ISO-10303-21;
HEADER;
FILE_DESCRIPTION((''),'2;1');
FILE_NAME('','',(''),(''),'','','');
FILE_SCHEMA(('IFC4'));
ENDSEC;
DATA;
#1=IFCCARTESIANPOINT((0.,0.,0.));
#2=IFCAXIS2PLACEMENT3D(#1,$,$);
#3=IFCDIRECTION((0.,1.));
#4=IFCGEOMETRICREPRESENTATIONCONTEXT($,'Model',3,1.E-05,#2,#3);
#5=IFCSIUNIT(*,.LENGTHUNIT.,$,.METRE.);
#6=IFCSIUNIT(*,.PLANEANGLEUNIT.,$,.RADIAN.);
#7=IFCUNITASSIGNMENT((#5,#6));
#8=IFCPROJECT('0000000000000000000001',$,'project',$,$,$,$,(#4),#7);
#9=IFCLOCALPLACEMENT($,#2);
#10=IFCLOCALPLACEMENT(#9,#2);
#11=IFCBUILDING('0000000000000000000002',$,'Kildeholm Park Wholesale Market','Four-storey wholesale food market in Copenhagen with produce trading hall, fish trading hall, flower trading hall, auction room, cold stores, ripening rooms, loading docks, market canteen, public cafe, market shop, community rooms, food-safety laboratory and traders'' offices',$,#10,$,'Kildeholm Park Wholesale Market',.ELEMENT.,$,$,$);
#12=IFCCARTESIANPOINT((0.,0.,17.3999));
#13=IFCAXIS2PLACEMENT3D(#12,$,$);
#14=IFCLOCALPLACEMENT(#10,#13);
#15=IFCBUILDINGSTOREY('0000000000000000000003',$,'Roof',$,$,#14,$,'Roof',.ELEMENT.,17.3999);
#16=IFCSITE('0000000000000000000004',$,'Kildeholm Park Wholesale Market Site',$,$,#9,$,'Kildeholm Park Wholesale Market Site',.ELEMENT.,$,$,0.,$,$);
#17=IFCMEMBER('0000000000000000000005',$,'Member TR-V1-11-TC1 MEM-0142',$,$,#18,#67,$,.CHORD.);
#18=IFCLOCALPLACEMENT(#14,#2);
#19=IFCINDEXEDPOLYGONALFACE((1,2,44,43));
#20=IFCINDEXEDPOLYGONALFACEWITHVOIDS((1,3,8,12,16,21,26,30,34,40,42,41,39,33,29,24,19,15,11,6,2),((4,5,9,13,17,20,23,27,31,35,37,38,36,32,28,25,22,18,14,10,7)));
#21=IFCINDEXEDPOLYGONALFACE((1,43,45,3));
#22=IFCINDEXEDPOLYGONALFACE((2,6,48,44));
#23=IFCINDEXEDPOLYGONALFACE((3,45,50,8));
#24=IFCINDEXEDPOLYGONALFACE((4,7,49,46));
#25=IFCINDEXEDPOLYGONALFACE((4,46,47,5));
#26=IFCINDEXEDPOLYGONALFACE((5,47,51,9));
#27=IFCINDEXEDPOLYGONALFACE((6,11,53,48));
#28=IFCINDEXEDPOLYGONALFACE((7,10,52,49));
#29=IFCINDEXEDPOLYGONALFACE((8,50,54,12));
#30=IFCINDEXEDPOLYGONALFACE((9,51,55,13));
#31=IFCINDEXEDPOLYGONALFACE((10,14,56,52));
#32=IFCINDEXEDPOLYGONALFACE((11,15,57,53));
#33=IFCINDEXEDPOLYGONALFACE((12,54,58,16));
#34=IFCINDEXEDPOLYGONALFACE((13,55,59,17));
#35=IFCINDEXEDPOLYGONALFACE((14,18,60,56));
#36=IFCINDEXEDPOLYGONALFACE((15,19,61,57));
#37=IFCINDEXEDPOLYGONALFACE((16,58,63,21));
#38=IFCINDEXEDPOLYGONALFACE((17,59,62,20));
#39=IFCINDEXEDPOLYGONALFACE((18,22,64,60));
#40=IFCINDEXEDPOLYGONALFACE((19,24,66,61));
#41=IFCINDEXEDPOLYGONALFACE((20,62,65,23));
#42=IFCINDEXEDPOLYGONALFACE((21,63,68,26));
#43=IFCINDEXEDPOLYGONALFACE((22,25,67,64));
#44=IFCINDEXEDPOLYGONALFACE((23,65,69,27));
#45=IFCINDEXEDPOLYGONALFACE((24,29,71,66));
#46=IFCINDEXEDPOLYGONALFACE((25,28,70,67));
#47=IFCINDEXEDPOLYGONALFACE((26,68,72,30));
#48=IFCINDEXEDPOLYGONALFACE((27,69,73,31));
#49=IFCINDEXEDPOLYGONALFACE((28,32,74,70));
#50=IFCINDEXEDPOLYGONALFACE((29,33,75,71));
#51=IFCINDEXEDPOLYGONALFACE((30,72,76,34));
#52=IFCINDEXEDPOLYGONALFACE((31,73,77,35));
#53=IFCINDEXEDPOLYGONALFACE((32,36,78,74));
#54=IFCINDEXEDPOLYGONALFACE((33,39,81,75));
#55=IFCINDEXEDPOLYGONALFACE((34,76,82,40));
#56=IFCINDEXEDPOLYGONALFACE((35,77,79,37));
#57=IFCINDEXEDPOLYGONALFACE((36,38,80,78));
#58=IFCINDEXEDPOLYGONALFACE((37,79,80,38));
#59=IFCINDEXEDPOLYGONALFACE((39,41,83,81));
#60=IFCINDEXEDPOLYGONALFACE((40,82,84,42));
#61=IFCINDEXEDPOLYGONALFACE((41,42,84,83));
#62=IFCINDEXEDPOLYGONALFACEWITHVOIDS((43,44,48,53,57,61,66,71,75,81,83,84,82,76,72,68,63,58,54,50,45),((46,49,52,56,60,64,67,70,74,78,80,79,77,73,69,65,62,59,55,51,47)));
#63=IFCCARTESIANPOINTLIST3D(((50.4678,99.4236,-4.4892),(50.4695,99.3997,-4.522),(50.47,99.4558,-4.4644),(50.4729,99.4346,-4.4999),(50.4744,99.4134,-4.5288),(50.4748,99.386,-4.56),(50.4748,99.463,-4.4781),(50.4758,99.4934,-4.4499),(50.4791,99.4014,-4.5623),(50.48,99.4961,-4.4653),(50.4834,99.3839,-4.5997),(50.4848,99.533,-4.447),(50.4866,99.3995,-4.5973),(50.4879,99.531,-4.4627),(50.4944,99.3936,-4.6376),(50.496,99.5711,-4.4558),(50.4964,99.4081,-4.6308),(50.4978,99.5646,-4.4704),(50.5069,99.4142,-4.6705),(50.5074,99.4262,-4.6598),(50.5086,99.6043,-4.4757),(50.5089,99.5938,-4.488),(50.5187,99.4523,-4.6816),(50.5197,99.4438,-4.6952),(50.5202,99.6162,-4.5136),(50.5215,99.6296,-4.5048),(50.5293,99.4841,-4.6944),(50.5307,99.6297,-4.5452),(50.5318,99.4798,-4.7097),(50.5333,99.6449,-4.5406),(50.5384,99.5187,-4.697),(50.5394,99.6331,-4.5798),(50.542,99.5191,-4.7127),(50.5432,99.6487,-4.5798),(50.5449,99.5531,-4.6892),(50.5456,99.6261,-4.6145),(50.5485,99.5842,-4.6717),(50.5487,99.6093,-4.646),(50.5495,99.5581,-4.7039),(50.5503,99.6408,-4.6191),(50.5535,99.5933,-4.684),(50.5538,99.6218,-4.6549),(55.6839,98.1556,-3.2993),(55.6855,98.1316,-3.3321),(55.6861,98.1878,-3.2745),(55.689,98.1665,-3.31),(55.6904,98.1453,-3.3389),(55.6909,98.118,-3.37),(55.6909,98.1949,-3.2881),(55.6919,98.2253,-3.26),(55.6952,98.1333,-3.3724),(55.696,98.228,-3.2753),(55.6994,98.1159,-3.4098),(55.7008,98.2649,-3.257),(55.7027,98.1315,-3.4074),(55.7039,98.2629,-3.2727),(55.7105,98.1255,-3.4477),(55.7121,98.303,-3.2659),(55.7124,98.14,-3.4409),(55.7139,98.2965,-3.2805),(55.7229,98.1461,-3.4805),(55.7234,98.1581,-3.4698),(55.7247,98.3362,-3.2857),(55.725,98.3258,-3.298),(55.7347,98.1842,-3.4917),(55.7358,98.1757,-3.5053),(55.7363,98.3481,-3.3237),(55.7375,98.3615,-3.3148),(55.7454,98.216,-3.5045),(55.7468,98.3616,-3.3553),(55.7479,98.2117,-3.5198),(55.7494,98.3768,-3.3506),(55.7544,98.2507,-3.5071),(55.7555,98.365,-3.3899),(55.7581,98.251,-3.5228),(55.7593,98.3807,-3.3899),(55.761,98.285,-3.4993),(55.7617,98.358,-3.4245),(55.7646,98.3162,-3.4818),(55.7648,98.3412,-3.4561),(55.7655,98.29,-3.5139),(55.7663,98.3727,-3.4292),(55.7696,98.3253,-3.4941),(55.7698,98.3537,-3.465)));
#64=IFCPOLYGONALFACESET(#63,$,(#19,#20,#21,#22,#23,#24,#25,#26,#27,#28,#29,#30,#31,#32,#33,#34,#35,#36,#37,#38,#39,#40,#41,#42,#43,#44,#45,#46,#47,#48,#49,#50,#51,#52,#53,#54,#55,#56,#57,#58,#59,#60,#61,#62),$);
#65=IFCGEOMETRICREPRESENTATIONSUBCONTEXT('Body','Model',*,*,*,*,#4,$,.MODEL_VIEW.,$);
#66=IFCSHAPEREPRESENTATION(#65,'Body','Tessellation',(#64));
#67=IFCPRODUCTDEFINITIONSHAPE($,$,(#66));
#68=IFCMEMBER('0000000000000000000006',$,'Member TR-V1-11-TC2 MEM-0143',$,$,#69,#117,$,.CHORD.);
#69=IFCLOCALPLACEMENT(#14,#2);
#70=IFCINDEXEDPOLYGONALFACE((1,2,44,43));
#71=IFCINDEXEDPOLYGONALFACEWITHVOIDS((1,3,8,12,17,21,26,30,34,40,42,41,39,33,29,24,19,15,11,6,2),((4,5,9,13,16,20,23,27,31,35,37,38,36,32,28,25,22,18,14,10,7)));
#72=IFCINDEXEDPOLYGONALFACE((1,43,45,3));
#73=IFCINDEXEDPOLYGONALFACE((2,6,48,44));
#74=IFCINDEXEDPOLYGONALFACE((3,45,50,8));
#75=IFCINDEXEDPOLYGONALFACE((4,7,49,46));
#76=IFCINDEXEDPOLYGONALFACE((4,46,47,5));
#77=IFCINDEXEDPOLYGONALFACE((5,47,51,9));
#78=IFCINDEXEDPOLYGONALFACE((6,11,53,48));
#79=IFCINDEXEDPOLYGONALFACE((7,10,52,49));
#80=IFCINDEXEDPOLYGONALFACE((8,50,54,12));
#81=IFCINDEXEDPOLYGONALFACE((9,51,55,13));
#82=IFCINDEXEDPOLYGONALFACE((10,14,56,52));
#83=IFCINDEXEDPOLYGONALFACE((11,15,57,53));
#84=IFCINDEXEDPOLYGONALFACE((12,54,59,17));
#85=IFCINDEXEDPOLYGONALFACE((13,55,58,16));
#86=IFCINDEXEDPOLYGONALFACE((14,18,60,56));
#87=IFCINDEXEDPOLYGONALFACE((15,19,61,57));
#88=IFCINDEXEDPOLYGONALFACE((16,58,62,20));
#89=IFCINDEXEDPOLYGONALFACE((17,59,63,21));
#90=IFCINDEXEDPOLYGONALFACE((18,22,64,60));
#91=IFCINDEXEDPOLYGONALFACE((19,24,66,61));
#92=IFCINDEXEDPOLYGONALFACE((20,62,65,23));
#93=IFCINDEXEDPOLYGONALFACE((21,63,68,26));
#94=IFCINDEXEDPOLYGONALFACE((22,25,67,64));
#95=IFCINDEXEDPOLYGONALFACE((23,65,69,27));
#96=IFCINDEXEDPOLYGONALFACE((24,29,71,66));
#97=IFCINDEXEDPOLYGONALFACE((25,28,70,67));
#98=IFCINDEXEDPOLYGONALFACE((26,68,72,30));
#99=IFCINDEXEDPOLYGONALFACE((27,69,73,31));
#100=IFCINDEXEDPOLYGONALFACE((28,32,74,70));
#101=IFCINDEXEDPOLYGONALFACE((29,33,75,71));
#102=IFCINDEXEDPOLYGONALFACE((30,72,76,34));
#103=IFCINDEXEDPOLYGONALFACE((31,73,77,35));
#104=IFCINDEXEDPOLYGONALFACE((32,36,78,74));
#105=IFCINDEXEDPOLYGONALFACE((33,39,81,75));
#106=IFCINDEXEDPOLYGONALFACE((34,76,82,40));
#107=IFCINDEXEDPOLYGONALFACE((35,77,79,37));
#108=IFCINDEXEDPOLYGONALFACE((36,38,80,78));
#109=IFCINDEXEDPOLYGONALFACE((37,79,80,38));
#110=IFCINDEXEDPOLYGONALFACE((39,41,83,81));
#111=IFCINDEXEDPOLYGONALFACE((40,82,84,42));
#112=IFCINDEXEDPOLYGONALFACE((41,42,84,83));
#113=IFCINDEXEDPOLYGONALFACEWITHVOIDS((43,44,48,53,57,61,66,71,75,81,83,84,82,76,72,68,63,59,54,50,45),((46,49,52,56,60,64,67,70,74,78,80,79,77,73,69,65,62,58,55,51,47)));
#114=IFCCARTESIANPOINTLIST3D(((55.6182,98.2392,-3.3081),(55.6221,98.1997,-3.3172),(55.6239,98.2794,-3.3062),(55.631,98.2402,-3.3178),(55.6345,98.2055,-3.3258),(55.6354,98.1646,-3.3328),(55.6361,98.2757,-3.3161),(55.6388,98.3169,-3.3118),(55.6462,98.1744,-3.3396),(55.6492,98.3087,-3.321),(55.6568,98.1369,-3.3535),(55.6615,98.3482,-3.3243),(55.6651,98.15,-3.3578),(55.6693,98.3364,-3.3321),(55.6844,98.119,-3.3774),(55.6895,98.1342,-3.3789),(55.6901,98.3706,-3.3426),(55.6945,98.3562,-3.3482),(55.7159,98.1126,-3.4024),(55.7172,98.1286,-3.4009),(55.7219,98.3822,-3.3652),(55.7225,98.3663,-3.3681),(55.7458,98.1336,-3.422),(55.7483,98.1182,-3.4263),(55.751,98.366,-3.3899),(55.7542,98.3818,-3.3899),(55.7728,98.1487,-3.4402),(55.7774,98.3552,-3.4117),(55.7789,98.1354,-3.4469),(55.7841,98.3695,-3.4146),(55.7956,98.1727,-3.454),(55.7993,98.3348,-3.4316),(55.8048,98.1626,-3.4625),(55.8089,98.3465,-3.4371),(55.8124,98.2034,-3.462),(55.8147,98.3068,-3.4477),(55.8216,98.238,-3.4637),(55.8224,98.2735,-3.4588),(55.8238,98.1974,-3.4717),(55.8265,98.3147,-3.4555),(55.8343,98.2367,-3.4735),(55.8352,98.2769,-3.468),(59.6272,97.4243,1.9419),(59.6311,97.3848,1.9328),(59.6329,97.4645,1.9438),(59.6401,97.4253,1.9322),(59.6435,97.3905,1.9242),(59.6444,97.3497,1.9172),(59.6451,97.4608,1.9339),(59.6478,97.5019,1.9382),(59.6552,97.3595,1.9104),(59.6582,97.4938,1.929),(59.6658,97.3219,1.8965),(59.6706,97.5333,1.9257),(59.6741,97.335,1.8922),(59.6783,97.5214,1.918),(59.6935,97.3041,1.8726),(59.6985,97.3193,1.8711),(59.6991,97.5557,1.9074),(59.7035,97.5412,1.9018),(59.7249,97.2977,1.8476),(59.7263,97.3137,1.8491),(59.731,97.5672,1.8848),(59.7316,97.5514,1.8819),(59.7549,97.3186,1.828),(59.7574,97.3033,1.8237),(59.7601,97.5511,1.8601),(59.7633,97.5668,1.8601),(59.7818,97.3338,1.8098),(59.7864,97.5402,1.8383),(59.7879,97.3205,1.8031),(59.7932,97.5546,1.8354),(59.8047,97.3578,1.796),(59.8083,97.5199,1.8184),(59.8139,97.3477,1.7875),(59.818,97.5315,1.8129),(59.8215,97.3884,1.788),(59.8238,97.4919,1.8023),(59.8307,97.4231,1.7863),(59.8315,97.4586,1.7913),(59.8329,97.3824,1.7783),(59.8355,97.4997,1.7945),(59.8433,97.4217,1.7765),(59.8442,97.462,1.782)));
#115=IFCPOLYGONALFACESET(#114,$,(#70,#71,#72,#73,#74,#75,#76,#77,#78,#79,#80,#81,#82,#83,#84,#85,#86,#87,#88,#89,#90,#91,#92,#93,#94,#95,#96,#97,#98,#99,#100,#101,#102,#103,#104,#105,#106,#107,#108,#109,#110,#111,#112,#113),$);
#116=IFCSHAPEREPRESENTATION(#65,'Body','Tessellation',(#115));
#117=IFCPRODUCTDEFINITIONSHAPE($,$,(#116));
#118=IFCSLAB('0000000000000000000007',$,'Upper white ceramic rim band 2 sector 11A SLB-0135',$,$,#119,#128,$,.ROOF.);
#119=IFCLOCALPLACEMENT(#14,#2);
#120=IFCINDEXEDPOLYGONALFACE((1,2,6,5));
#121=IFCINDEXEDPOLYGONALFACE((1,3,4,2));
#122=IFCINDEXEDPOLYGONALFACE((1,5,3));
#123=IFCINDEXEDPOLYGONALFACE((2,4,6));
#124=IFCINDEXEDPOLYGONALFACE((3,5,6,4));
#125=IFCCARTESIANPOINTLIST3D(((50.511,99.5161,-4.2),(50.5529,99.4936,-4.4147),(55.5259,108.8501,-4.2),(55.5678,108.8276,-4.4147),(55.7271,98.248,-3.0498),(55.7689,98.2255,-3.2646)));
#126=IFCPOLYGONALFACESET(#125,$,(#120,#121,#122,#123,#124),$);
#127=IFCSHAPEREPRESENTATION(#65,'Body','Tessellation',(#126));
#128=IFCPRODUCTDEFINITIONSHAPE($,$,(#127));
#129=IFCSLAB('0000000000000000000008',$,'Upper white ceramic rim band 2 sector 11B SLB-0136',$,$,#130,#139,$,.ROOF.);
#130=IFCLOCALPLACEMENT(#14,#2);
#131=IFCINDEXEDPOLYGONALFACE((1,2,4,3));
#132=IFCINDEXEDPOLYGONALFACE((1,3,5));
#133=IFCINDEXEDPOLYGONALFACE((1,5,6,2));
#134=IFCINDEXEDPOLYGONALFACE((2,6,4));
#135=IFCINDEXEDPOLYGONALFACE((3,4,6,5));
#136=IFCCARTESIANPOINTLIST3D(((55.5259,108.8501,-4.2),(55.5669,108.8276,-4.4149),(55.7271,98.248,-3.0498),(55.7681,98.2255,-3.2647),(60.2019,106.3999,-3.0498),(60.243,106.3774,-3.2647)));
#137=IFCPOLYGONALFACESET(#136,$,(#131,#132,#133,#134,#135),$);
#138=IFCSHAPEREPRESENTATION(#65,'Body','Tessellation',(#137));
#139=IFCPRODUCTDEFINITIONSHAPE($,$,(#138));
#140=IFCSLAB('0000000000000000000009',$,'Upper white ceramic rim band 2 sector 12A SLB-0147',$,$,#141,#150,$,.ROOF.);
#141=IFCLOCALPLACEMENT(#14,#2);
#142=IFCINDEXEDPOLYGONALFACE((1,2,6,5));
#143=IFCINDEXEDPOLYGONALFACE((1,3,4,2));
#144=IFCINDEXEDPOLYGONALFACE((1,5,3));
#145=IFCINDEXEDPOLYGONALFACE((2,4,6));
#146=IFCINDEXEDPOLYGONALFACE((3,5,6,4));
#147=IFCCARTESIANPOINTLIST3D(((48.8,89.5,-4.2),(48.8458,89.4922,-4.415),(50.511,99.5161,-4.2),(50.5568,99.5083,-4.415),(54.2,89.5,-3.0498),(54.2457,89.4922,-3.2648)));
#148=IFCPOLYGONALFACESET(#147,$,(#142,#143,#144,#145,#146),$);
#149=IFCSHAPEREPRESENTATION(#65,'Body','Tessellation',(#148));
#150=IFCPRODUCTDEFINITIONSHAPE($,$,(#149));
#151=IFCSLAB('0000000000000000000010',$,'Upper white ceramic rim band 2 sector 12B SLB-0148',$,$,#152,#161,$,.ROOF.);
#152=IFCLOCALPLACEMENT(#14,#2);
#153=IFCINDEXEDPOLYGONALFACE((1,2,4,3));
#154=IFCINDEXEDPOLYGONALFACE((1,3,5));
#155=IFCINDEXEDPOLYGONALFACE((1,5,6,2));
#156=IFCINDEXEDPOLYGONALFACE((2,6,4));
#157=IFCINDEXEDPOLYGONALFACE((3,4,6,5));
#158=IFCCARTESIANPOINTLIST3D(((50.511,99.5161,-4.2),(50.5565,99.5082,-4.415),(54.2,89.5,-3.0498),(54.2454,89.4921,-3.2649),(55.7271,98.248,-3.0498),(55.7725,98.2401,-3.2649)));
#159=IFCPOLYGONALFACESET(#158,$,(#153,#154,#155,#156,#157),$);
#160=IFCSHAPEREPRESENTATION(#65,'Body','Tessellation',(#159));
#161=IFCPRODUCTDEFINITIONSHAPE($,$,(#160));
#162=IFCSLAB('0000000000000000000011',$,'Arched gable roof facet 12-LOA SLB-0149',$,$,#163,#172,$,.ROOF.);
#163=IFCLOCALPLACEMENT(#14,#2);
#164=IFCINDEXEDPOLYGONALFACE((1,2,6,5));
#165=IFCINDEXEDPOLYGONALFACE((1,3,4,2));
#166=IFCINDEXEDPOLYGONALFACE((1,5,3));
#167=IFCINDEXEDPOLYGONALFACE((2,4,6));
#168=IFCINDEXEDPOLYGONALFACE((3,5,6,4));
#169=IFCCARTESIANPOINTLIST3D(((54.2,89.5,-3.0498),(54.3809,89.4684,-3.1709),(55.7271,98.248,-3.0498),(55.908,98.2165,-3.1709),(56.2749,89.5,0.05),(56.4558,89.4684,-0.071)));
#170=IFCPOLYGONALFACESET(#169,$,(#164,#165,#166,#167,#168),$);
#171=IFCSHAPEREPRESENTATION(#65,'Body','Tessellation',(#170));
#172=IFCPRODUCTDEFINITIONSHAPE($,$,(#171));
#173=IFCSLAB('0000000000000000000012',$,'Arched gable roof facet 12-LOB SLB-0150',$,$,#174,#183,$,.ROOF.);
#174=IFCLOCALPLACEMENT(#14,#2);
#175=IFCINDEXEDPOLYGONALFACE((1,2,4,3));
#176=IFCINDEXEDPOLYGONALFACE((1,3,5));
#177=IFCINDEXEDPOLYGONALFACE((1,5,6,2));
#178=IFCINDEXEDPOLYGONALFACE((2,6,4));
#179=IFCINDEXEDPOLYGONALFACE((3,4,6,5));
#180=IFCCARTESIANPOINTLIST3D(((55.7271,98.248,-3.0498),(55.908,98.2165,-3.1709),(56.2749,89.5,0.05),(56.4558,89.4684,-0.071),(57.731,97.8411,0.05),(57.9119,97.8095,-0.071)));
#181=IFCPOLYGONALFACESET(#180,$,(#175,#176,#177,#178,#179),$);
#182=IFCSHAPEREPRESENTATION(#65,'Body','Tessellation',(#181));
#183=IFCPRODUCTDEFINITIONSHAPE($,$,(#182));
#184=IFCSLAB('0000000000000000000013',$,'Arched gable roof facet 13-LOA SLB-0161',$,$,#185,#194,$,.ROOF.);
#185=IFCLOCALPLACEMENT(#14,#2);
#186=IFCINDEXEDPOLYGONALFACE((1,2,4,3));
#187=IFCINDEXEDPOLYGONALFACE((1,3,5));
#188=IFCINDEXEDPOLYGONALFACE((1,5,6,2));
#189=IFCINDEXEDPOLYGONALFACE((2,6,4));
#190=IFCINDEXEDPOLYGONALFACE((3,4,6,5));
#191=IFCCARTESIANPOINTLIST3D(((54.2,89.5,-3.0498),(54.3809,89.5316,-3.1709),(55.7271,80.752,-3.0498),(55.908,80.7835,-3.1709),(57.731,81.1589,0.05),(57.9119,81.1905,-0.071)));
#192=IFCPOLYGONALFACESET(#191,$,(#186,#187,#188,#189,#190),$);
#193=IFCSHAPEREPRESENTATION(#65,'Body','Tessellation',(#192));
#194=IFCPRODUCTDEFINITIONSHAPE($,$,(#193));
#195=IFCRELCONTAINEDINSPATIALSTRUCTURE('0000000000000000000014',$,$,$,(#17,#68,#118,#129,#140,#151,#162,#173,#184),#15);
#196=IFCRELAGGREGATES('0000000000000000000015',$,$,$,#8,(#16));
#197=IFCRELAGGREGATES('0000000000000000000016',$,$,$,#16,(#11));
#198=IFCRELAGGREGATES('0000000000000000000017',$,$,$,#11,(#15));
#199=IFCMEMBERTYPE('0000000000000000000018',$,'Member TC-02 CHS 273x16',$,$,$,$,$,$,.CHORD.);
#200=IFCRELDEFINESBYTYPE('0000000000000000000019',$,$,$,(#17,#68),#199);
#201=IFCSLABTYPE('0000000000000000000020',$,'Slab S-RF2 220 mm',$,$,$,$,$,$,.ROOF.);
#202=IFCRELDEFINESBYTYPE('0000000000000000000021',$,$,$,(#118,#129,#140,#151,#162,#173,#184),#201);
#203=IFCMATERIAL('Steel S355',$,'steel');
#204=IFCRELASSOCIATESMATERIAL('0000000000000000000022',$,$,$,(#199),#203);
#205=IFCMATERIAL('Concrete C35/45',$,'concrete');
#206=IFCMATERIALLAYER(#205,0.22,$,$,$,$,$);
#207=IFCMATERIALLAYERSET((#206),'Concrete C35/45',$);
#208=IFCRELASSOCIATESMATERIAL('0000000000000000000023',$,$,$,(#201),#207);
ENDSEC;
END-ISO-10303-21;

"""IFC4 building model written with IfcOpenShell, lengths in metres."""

from ifc_helpers import new_model, si_unit, direction, frame, origin, origin_2d, place, context, subcontext, project, spatial, polyline, hollow_circle, outline, extrude, material, layer, layer_set, material_profile, profile_set, type_object, element, save


model = new_model("IFC4")

# Units and contexts
model_context = context("Model", 3, precision=1e-05, world=origin(), true_north=direction((0.0, 1.0)))
body_context = subcontext(model_context, "Body", "Model", "MODEL_VIEW")
ifc_project = project(units=[si_unit("LENGTHUNIT", "METRE"), si_unit("PLANEANGLEUNIT", "RADIAN")], contexts=[model_context])

# Site, building, storey
site_placement = place(None, origin())
site = spatial("IfcSite", under=ifc_project, at=site_placement, Name="Kildeholm Park Wholesale Market Site", LongName="Kildeholm Park Wholesale Market Site", CompositionType="ELEMENT", RefElevation=0.0)
building_placement = place(site_placement, origin())
building = spatial("IfcBuilding", under=site, at=building_placement, Name="Kildeholm Park Wholesale Market", Description="Four-storey wholesale food market in Copenhagen with produce trading hall, fish trading hall, flower trading hall, auction room, cold stores, ripening rooms, loading docks, market canteen, public cafe, market shop, community rooms, food-safety laboratory and traders' offices", LongName="Kildeholm Park Wholesale Market", CompositionType="ELEMENT")
storey_placement = place(building_placement, frame((0.0, 0.0, 17.3999)))
storey = spatial("IfcBuildingStorey", under=building, at=storey_placement, Name="Roof", LongName="Roof", CompositionType="ELEMENT", Elevation=17.3999)

# Shared definitions
ifc_material_1 = material(Name="Steel S355", Category="steel")

# Members
ifc_material_profile_1 = material_profile(ifc_material_1, hollow_circle(Radius=0.1365, WallThickness=0.0161, at=origin_2d()), Name="CHS 273x16")
ifc_profile_set_1 = profile_set([ifc_material_profile_1], Name="Steel S355")
member_type_1 = type_object("IfcMemberType", Name="Member TC-02 CHS 273x16", PredefinedType="CHORD", material=ifc_profile_set_1)
member_1_placement = place(storey_placement, frame((50.511, 99.5161, -4.5798), z_axis=(0.948669, -0.230629, 0.21642), x_axis=(0.236227, 0.971698, 0.0)))
element("IfcMember", 1, at=member_1_placement, inside=storey, type_object=member_type_1, Name="Member TR-V1-11-TC1 MEM-0142", PredefinedType="CHORD", context=body_context, shape_type="SweptSolid", body=[
    extrude(hollow_circle(Radius=0.1365, WallThickness=0.0161, at=origin_2d()), origin(), (0.0, 0.0, 1.0), 5.4983),
])
member_2_placement = place(storey_placement, frame((55.7271, 98.248, -3.3899), z_axis=(0.602342, -0.122442, 0.788792), x_axis=(0.199202, 0.979958, 0.0)))
element("IfcMember", 2, at=member_2_placement, inside=storey, type_object=member_type_1, Name="Member TR-V1-11-TC2 MEM-0143", PredefinedType="CHORD", context=body_context, shape_type="SweptSolid", body=[
    extrude(hollow_circle(Radius=0.1365, WallThickness=0.0161, at=origin_2d()), origin(), (0.0, 0.0, 1.0), 6.6558),
])

# Slabs
ifc_material_2 = material(Name="Concrete C35/45", Category="concrete")
ifc_layer_1 = layer(ifc_material_2, 0.22)
ifc_layer_set_1 = layer_set([ifc_layer_1], Name="Concrete C35/45")
slab_type = type_object("IfcSlabType", Name="Slab S-RF2 220 mm", PredefinedType="ROOF", material=ifc_layer_set_1)
slab_1_placement = place(storey_placement, frame((55.5259, 108.8501, -4.2), z_axis=(-0.190416, 0.102306, 0.976358), x_axis=(-0.473288, -0.880908, 0.0)))
element("IfcSlab", 3, at=slab_1_placement, inside=storey, type_object=slab_type, Name="Upper white ceramic rim band 2 sector 11A SLB-0135", PredefinedType="ROOF", context=body_context, shape_type="SweptSolid", body=[
    extrude(outline(polyline([(0.0, 0.0), (10.5959, 0.0), (9.2442, 5.3208), (0.0, 0.0)])), origin(), (0.0, 0.0, -1.0), 0.22),
])
slab_2_placement = place(storey_placement, frame((55.5259, 108.8501, -4.2), z_axis=(-0.186642, 0.102455, 0.977071), x_axis=(0.018861, -0.99399, 0.107831)))
element("IfcSlab", 4, at=slab_2_placement, inside=storey, type_object=slab_type, Name="Upper white ceramic rim band 2 sector 11B SLB-0136", PredefinedType="ROOF", context=body_context, shape_type="SweptSolid", body=[
    extrude(outline(polyline([(0.0, 0.0), (10.6662, 0.0), (2.6477, 4.7097), (0.0, 0.0)])), origin(), (0.0, 0.0, -1.0), 0.22),
])
slab_3_placement = place(storey_placement, frame((50.511, 99.5161, -4.2), z_axis=(-0.208189, 0.035563, 0.977442), x_axis=(-0.16838, -0.985722, 0.0)))
element("IfcSlab", 5, at=slab_3_placement, inside=storey, type_object=slab_type, Name="Upper white ceramic rim band 2 sector 12A SLB-0147", PredefinedType="ROOF", context=body_context, shape_type="SweptSolid", body=[
    extrude(outline(polyline([(0.0, 0.0), (10.1612, 0.0), (9.252, 5.4456), (0.0, 0.0)])), origin(), (0.0, 0.0, -1.0), 0.22),
])
slab_4_placement = place(storey_placement, frame((50.511, 99.5161, -4.2), z_axis=(-0.20681, 0.036102, 0.977715), x_axis=(0.343619, -0.932978, 0.107134)))
element("IfcSlab", 6, at=slab_4_placement, inside=storey, type_object=slab_type, Name="Upper white ceramic rim band 2 sector 12B SLB-0148", PredefinedType="ROOF", context=body_context, shape_type="SweptSolid", body=[
    extrude(outline(polyline([(0.0, 0.0), (10.7356, 0.0), (3.0986, 4.5317), (0.0, 0.0)])), origin(), (0.0, 0.0, -1.0), 0.22),
])
slab_5_placement = place(storey_placement, frame((55.7271, 98.248, -3.0498), z_axis=(-0.822403, 0.143563, 0.550493), x_axis=(-0.171964, -0.985103, 0.0)))
element("IfcSlab", 7, at=slab_5_placement, inside=storey, type_object=slab_type, Name="Arched gable roof facet 12-LOA SLB-0149", PredefinedType="ROOF", context=body_context, shape_type="SweptSolid", body=[
    extrude(outline(polyline([(0.0, 0.0), (8.8803, 0.0), (8.5235, 3.7131), (0.0, 0.0)])), origin(), (0.0, 0.0, -1.0), 0.22),
])
slab_6_placement = place(storey_placement, frame((55.7271, 98.248, -3.0498), z_axis=(-0.822403, 0.143563, 0.550493), x_axis=(0.058927, -0.940936, 0.333419)))
element("IfcSlab", 8, at=slab_6_placement, inside=storey, type_object=slab_type, Name="Arched gable roof facet 12-LOB SLB-0150", PredefinedType="ROOF", context=body_context, shape_type="SweptSolid", body=[
    extrude(outline(polyline([(0.0, 0.0), (9.2972, 0.0), (1.5346, 3.3816), (0.0, 0.0)])), origin(), (0.0, 0.0, -1.0), 0.22),
])
slab_7_placement = place(storey_placement, frame((54.2, 89.5, -3.0498), z_axis=(-0.822403, -0.143563, 0.550493), x_axis=(0.171964, -0.985103, 0.0)))
element("IfcSlab", 9, at=slab_7_placement, inside=storey, type_object=slab_type, Name="Arched gable roof facet 13-LOA SLB-0161", PredefinedType="ROOF", context=body_context, shape_type="SweptSolid", body=[
    extrude(outline(polyline([(0.0, 0.0), (8.8803, 0.0), (8.824, 3.7131), (0.0, 0.0)])), origin(), (0.0, 0.0, -1.0), 0.22),
])

save(model, "model.ifc")
